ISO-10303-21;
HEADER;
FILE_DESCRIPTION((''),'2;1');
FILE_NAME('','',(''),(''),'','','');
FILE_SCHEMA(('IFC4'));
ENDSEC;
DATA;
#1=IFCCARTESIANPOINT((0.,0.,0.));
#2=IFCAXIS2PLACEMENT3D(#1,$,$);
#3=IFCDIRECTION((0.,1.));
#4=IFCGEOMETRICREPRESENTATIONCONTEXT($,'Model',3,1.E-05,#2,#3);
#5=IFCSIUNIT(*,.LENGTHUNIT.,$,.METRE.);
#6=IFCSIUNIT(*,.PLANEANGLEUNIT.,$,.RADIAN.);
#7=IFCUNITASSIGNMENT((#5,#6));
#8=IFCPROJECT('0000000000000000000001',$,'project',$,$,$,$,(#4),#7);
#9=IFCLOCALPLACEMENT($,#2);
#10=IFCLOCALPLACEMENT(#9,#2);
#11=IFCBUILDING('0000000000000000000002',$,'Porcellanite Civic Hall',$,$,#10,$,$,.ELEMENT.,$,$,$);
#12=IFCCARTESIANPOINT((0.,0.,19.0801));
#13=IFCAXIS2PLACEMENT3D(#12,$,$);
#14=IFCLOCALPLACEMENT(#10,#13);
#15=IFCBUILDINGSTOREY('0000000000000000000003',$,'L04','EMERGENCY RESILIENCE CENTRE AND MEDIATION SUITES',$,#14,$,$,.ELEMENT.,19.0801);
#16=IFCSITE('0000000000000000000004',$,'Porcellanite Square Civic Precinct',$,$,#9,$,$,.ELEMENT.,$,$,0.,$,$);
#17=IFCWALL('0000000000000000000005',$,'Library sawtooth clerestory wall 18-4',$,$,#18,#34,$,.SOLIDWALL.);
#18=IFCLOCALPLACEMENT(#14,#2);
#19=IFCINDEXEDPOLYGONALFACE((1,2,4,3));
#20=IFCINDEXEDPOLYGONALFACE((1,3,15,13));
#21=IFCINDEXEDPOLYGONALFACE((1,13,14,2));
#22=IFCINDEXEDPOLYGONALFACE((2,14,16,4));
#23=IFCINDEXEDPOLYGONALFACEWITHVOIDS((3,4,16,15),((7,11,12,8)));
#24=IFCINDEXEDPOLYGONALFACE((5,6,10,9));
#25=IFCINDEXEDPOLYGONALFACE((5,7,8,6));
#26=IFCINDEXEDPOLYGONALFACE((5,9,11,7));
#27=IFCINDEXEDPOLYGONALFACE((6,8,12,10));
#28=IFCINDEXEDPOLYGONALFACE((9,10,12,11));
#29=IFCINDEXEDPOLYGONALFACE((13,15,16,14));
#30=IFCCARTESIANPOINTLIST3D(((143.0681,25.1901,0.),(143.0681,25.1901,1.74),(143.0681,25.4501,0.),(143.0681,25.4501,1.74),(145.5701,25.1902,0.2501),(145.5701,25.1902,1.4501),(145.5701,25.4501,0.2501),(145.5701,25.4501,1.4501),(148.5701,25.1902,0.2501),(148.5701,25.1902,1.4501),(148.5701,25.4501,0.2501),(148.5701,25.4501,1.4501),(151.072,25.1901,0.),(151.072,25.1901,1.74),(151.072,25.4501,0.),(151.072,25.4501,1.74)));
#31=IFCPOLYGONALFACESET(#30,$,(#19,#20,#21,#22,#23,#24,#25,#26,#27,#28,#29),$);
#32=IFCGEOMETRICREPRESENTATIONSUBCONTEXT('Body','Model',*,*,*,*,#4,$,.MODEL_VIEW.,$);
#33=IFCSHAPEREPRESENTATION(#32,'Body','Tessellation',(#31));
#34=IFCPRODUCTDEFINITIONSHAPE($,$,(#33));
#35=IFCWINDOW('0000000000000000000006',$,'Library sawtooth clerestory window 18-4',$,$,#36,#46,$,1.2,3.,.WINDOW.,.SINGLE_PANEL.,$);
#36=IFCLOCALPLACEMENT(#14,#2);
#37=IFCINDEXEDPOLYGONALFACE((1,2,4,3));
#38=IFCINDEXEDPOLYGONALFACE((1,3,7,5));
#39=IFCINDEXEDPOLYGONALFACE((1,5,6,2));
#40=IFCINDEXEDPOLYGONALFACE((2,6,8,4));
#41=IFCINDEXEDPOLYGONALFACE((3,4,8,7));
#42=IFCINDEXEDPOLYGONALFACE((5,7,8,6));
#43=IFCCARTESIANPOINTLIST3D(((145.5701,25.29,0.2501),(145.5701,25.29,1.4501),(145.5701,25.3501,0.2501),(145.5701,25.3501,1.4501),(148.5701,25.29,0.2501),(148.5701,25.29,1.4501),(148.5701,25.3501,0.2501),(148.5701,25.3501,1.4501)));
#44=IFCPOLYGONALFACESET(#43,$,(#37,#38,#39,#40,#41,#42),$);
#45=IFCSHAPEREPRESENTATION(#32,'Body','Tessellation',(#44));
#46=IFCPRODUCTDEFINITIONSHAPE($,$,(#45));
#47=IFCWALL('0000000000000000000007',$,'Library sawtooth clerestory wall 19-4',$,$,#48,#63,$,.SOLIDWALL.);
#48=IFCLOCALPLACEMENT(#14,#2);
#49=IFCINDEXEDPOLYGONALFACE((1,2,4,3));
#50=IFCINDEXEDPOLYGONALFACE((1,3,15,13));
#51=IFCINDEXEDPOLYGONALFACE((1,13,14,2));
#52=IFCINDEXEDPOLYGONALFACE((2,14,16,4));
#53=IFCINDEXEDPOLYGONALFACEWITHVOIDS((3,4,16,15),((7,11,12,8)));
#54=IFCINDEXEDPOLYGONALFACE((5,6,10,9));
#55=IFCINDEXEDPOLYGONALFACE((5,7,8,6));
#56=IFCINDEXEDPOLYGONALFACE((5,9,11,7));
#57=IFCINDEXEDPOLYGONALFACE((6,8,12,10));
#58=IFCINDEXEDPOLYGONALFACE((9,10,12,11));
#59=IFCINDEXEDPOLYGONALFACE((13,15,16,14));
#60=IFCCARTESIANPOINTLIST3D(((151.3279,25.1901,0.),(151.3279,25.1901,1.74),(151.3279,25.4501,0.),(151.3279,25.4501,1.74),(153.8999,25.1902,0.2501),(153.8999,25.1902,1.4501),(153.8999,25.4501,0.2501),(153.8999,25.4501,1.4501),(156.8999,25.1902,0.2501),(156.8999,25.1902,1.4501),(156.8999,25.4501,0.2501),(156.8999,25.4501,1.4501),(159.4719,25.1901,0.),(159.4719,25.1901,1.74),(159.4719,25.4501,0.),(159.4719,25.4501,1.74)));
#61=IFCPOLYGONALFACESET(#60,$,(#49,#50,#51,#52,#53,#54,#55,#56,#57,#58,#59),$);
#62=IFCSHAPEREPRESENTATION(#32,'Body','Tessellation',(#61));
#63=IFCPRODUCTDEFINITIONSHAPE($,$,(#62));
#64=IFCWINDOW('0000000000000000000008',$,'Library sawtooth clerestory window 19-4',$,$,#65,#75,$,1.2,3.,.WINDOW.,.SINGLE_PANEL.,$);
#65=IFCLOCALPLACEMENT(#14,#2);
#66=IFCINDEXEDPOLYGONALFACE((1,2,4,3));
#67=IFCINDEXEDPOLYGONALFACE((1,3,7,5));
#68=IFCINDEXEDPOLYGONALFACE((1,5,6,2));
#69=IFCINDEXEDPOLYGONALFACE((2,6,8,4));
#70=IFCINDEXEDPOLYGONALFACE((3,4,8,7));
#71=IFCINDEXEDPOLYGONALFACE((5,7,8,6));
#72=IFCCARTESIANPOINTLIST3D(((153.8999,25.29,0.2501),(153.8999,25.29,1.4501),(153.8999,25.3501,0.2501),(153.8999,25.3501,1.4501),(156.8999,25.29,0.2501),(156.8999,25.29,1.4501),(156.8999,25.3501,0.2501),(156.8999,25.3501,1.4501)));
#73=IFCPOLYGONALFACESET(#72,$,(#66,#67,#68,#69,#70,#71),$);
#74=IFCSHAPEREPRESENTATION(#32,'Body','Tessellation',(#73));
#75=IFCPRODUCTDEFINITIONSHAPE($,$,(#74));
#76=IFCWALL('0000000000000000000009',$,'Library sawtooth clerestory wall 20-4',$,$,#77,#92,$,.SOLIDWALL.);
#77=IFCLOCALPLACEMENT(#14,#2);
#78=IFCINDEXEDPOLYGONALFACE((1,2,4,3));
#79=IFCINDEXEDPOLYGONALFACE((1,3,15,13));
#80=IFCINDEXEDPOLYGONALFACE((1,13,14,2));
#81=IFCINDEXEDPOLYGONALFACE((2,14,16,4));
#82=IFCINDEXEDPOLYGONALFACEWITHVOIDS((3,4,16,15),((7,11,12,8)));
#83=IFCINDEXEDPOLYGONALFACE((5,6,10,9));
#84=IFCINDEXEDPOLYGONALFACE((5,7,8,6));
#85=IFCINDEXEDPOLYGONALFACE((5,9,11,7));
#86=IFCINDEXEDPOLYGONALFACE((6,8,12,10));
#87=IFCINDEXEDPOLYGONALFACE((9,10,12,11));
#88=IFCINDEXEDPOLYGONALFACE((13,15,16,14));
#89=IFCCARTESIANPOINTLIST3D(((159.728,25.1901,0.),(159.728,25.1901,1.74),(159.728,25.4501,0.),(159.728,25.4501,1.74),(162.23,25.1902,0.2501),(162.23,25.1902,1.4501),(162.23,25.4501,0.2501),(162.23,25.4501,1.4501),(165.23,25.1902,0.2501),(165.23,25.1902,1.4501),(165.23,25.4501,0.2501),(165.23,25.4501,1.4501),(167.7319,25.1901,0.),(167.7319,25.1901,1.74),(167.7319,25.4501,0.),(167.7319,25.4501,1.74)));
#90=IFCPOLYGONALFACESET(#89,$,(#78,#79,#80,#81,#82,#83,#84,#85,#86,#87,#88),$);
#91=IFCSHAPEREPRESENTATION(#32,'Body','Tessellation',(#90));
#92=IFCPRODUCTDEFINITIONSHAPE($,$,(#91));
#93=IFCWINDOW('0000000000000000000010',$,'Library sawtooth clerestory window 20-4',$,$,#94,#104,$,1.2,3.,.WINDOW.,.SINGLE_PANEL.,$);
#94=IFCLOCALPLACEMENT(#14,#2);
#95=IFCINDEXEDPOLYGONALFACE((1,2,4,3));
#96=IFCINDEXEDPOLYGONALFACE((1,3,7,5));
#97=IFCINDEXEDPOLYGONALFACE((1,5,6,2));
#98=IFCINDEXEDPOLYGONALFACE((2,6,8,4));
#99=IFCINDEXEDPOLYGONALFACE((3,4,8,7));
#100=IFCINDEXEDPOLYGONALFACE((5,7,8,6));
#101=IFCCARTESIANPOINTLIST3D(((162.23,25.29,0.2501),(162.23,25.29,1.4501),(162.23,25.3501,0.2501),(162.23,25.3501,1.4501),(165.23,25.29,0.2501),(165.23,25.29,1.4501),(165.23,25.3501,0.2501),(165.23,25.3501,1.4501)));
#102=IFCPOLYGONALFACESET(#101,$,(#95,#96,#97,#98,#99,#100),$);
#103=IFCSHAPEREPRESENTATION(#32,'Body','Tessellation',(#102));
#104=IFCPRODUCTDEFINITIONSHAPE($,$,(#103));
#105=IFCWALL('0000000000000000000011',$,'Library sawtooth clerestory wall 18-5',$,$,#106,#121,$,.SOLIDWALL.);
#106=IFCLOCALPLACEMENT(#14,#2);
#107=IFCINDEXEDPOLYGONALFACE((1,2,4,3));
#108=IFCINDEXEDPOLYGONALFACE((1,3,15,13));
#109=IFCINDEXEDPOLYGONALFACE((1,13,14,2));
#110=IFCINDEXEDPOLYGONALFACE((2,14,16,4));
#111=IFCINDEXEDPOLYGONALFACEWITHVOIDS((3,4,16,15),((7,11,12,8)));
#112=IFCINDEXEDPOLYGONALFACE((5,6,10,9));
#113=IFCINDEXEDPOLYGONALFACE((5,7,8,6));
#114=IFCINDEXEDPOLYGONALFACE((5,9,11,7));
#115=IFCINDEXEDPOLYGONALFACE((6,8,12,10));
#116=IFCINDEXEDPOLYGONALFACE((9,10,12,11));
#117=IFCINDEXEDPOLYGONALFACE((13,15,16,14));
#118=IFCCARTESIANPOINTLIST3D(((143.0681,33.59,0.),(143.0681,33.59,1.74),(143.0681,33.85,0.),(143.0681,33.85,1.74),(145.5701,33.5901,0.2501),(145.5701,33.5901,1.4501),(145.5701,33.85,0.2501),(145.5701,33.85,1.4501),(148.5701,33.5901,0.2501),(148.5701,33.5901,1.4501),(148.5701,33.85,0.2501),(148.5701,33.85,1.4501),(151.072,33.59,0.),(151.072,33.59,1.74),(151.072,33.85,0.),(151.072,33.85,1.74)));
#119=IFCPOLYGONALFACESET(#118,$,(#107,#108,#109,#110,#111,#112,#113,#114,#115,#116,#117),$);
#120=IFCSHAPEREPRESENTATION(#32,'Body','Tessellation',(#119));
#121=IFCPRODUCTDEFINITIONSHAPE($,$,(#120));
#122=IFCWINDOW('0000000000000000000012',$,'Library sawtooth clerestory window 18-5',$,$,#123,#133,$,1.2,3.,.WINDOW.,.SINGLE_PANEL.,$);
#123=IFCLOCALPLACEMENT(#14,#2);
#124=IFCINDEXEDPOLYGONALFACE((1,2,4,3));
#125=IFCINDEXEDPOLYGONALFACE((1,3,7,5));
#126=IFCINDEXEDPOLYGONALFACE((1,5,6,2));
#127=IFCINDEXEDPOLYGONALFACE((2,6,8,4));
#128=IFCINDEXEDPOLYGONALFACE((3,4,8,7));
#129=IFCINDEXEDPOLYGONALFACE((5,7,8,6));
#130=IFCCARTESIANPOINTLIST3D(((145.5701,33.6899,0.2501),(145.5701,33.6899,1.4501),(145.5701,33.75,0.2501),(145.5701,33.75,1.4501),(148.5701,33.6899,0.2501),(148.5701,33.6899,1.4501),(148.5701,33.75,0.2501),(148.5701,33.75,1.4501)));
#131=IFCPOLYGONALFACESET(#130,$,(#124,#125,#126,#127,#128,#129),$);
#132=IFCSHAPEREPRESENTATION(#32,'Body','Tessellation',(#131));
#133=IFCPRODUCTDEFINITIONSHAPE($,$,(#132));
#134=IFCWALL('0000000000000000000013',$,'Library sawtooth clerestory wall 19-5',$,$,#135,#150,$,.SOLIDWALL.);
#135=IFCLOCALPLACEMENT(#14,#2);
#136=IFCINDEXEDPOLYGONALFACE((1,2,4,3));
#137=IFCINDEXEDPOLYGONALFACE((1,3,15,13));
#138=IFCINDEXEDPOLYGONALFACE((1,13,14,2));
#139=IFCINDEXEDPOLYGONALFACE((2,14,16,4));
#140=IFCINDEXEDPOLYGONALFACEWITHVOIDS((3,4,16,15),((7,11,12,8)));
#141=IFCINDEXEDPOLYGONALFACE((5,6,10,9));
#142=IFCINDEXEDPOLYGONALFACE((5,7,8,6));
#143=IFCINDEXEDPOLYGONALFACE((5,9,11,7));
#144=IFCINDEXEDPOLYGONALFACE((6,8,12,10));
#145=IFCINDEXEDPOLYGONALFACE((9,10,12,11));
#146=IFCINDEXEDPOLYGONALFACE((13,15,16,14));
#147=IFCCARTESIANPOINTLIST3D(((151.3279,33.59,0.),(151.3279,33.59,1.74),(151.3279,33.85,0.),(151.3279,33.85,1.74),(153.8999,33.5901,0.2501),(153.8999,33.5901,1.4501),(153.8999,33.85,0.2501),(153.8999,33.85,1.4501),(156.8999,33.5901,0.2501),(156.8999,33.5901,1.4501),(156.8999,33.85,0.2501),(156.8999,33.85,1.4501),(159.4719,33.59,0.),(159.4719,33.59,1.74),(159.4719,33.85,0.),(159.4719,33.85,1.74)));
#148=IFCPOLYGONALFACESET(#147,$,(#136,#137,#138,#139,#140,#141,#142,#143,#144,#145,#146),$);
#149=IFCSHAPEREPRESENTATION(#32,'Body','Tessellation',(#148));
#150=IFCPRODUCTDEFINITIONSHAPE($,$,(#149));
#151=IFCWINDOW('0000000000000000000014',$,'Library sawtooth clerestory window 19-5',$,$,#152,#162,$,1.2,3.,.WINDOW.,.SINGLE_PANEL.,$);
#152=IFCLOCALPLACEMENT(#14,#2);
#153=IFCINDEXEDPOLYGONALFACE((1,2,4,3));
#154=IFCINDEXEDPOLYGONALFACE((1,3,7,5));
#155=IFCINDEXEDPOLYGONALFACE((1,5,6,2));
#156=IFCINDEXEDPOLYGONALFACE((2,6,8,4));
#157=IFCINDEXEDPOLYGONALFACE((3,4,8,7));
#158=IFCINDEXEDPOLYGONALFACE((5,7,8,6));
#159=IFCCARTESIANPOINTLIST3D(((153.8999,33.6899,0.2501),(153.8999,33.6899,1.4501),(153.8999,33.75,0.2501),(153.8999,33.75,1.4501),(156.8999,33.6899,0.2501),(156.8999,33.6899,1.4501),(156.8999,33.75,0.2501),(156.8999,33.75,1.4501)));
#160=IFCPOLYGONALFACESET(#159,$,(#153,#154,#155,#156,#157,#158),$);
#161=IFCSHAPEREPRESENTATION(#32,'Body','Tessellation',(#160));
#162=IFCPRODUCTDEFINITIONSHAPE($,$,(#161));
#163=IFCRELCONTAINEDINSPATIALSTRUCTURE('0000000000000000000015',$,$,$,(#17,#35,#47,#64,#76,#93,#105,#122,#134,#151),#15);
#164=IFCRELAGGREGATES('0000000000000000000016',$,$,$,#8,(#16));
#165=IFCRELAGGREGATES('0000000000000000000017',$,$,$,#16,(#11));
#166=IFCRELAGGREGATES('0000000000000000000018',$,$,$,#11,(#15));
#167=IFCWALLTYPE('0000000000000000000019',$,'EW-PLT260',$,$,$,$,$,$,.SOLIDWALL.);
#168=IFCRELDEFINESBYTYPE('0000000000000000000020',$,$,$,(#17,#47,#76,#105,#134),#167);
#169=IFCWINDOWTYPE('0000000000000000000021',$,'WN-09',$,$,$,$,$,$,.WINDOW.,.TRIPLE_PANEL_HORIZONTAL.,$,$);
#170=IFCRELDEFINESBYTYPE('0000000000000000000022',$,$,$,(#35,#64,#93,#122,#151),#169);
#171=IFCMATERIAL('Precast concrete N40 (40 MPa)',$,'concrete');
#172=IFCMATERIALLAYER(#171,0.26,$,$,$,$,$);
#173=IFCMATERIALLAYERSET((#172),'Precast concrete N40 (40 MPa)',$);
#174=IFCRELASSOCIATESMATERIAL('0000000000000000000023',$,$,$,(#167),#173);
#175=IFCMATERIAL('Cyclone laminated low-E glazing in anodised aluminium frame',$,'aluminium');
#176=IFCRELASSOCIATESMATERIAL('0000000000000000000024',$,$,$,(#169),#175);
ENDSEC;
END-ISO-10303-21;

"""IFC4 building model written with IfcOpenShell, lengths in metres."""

from ifc_helpers import new_model, si_unit, direction, frame, frame_2d, origin, place, context, subcontext, project, spatial, rectangle, extrude, material, layer, layer_set, type_object, element, fill, save


model = new_model("IFC4")

# Units and contexts
model_context = context("Model", 3, precision=1e-05, world=origin(), true_north=direction((0.0, 1.0)))
body_context = subcontext(model_context, "Body", "Model", "MODEL_VIEW")
ifc_project = project(units=[si_unit("LENGTHUNIT", "METRE"), si_unit("PLANEANGLEUNIT", "RADIAN")], contexts=[model_context])

# Site, building, storey
site_placement = place(None, origin())
site = spatial("IfcSite", under=ifc_project, at=site_placement, Name="Porcellanite Square Civic Precinct", CompositionType="ELEMENT", RefElevation=0.0)
building_placement = place(site_placement, origin())
building = spatial("IfcBuilding", under=site, at=building_placement, Name="Porcellanite Civic Hall", CompositionType="ELEMENT")
storey_placement = place(building_placement, frame((0.0, 0.0, 19.0801)))
storey = spatial("IfcBuildingStorey", under=building, at=storey_placement, Name="L04", Description="EMERGENCY RESILIENCE CENTRE AND MEDIATION SUITES", CompositionType="ELEMENT", Elevation=19.0801)

# Walls, openings, windows
ifc_material_1 = material(Name="Precast concrete N40 (40 MPa)", Category="concrete")
ifc_layer_1 = layer(ifc_material_1, 0.26)
ifc_layer_set_1 = layer_set([ifc_layer_1], Name="Precast concrete N40 (40 MPa)")
wall_type = type_object("IfcWallType", Name="EW-PLT260", PredefinedType="SOLIDWALL", material=ifc_layer_set_1)
ifc_material_2 = material(Name="Cyclone laminated low-E glazing in anodised aluminium frame", Category="aluminium")
window_type = type_object("IfcWindowType", Name="WN-09", PartitioningType="TRIPLE_PANEL_HORIZONTAL", PredefinedType="WINDOW", material=ifc_material_2)
wall_1_placement = place(storey_placement, frame((151.072, 25.3201, 0.0), z_axis=(0.0, 0.0, 1.0), x_axis=(-1.0, 0.0, 0.0)))
wall_1 = element("IfcWall", 1, at=wall_1_placement, inside=storey, type_object=wall_type, Name="Library sawtooth clerestory wall 18-4", PredefinedType="SOLIDWALL", context=body_context, shape_type="SweptSolid", body=[
    extrude(rectangle(XDim=8.0039, YDim=0.26, at=frame_2d((4.002, 0.0))), origin(), (0.0, 0.0, 1.0), 1.74),
])
opening_1_placement = place(wall_1_placement, frame((2.502, 0.0, 0.25)))
opening_1 = element("IfcOpeningElement", 2, at=opening_1_placement, cuts=wall_1, PredefinedType="OPENING", context=body_context, shape_type="SweptSolid", body=[
    extrude(rectangle(XDim=3.0, YDim=1.2, at=frame_2d((1.5, 0.6001))), frame((0.0, 0.1299, 0.0), z_axis=(0.0, -1.0, 0.0), x_axis=(1.0, 0.0, 0.0)), (0.0, 0.0, 1.0), 0.26),
])
window_1_placement = place(opening_1_placement, origin())
window_1 = element("IfcWindow", 3, at=window_1_placement, inside=storey, type_object=window_type, Name="Library sawtooth clerestory window 18-4", OverallHeight=1.2, OverallWidth=3.0, PartitioningType="SINGLE_PANEL", PredefinedType="WINDOW", context=body_context, shape_type="SweptSolid", body=[
    extrude(rectangle(XDim=3.0, YDim=1.2, at=frame_2d((1.5, 0.6001))), frame((0.0, 0.03, 0.0), z_axis=(0.0, -1.0, 0.0), x_axis=(1.0, 0.0, 0.0)), (0.0, 0.0, 1.0), 0.0601),
])
fill(opening_1, window_1)
wall_2_placement = place(storey_placement, frame((159.4719, 25.3201, 0.0), z_axis=(0.0, 0.0, 1.0), x_axis=(-1.0, 0.0, 0.0)))
wall_2 = element("IfcWall", 4, at=wall_2_placement, inside=storey, type_object=wall_type, Name="Library sawtooth clerestory wall 19-4", PredefinedType="SOLIDWALL", context=body_context, shape_type="SweptSolid", body=[
    extrude(rectangle(XDim=8.144, YDim=0.26, at=frame_2d((4.072, 0.0))), origin(), (0.0, 0.0, 1.0), 1.74),
])
opening_2_placement = place(wall_2_placement, frame((2.572, 0.0, 0.25)))
opening_2 = element("IfcOpeningElement", 5, at=opening_2_placement, cuts=wall_2, PredefinedType="OPENING", context=body_context, shape_type="SweptSolid", body=[
    extrude(rectangle(XDim=3.0, YDim=1.2, at=frame_2d((1.5, 0.6001))), frame((0.0, 0.1299, 0.0), z_axis=(0.0, -1.0, 0.0), x_axis=(1.0, 0.0, 0.0)), (0.0, 0.0, 1.0), 0.26),
])
window_2_placement = place(opening_2_placement, origin())
window_2 = element("IfcWindow", 6, at=window_2_placement, inside=storey, type_object=window_type, Name="Library sawtooth clerestory window 19-4", OverallHeight=1.2, OverallWidth=3.0, PartitioningType="SINGLE_PANEL", PredefinedType="WINDOW", context=body_context, shape_type="SweptSolid", body=[
    extrude(rectangle(XDim=3.0, YDim=1.2, at=frame_2d((1.5, 0.6001))), frame((0.0, 0.03, 0.0), z_axis=(0.0, -1.0, 0.0), x_axis=(1.0, 0.0, 0.0)), (0.0, 0.0, 1.0), 0.0601),
])
fill(opening_2, window_2)
wall_3_placement = place(storey_placement, frame((167.7319, 25.3201, 0.0), z_axis=(0.0, 0.0, 1.0), x_axis=(-1.0, 0.0, 0.0)))
wall_3 = element("IfcWall", 7, at=wall_3_placement, inside=storey, type_object=wall_type, Name="Library sawtooth clerestory wall 20-4", PredefinedType="SOLIDWALL", context=body_context, shape_type="SweptSolid", body=[
    extrude(rectangle(XDim=8.0039, YDim=0.26, at=frame_2d((4.002, 0.0))), origin(), (0.0, 0.0, 1.0), 1.74),
])
opening_3_placement = place(wall_3_placement, frame((2.502, 0.0, 0.25)))
opening_3 = element("IfcOpeningElement", 8, at=opening_3_placement, cuts=wall_3, PredefinedType="OPENING", context=body_context, shape_type="SweptSolid", body=[
    extrude(rectangle(XDim=3.0, YDim=1.2, at=frame_2d((1.5, 0.6001))), frame((0.0, 0.1299, 0.0), z_axis=(0.0, -1.0, 0.0), x_axis=(1.0, 0.0, 0.0)), (0.0, 0.0, 1.0), 0.26),
])
window_3_placement = place(opening_3_placement, origin())
window_3 = element("IfcWindow", 9, at=window_3_placement, inside=storey, type_object=window_type, Name="Library sawtooth clerestory window 20-4", OverallHeight=1.2, OverallWidth=3.0, PartitioningType="SINGLE_PANEL", PredefinedType="WINDOW", context=body_context, shape_type="SweptSolid", body=[
    extrude(rectangle(XDim=3.0, YDim=1.2, at=frame_2d((1.5, 0.6001))), frame((0.0, 0.03, 0.0), z_axis=(0.0, -1.0, 0.0), x_axis=(1.0, 0.0, 0.0)), (0.0, 0.0, 1.0), 0.0601),
])
fill(opening_3, window_3)
wall_4_placement = place(storey_placement, frame((151.072, 33.72, 0.0), z_axis=(0.0, 0.0, 1.0), x_axis=(-1.0, 0.0, 0.0)))
wall_4 = element("IfcWall", 10, at=wall_4_placement, inside=storey, type_object=wall_type, Name="Library sawtooth clerestory wall 18-5", PredefinedType="SOLIDWALL", context=body_context, shape_type="SweptSolid", body=[
    extrude(rectangle(XDim=8.0039, YDim=0.26, at=frame_2d((4.002, 0.0))), origin(), (0.0, 0.0, 1.0), 1.74),
])
opening_4_placement = place(wall_4_placement, frame((2.502, 0.0, 0.25)))
opening_4 = element("IfcOpeningElement", 11, at=opening_4_placement, cuts=wall_4, PredefinedType="OPENING", context=body_context, shape_type="SweptSolid", body=[
    extrude(rectangle(XDim=3.0, YDim=1.2, at=frame_2d((1.5, 0.6001))), frame((0.0, 0.1299, 0.0), z_axis=(0.0, -1.0, 0.0), x_axis=(1.0, 0.0, 0.0)), (0.0, 0.0, 1.0), 0.26),
])
window_4_placement = place(opening_4_placement, origin())
window_4 = element("IfcWindow", 12, at=window_4_placement, inside=storey, type_object=window_type, Name="Library sawtooth clerestory window 18-5", OverallHeight=1.2, OverallWidth=3.0, PartitioningType="SINGLE_PANEL", PredefinedType="WINDOW", context=body_context, shape_type="SweptSolid", body=[
    extrude(rectangle(XDim=3.0, YDim=1.2, at=frame_2d((1.5, 0.6001))), frame((0.0, 0.03, 0.0), z_axis=(0.0, -1.0, 0.0), x_axis=(1.0, 0.0, 0.0)), (0.0, 0.0, 1.0), 0.0601),
])
fill(opening_4, window_4)
wall_5_placement = place(storey_placement, frame((159.4719, 33.72, 0.0), z_axis=(0.0, 0.0, 1.0), x_axis=(-1.0, 0.0, 0.0)))
wall_5 = element("IfcWall", 13, at=wall_5_placement, inside=storey, type_object=wall_type, Name="Library sawtooth clerestory wall 19-5", PredefinedType="SOLIDWALL", context=body_context, shape_type="SweptSolid", body=[
    extrude(rectangle(XDim=8.144, YDim=0.26, at=frame_2d((4.072, 0.0))), origin(), (0.0, 0.0, 1.0), 1.74),
])
opening_5_placement = place(wall_5_placement, frame((2.572, 0.0, 0.25)))
opening_5 = element("IfcOpeningElement", 14, at=opening_5_placement, cuts=wall_5, PredefinedType="OPENING", context=body_context, shape_type="SweptSolid", body=[
    extrude(rectangle(XDim=3.0, YDim=1.2, at=frame_2d((1.5, 0.6001))), frame((0.0, 0.1299, 0.0), z_axis=(0.0, -1.0, 0.0), x_axis=(1.0, 0.0, 0.0)), (0.0, 0.0, 1.0), 0.26),
])
window_5_placement = place(opening_5_placement, origin())
window_5 = element("IfcWindow", 15, at=window_5_placement, inside=storey, type_object=window_type, Name="Library sawtooth clerestory window 19-5", OverallHeight=1.2, OverallWidth=3.0, PartitioningType="SINGLE_PANEL", PredefinedType="WINDOW", context=body_context, shape_type="SweptSolid", body=[
    extrude(rectangle(XDim=3.0, YDim=1.2, at=frame_2d((1.5, 0.6001))), frame((0.0, 0.03, 0.0), z_axis=(0.0, -1.0, 0.0), x_axis=(1.0, 0.0, 0.0)), (0.0, 0.0, 1.0), 0.0601),
])
fill(opening_5, window_5)

save(model, "model.ifc")
